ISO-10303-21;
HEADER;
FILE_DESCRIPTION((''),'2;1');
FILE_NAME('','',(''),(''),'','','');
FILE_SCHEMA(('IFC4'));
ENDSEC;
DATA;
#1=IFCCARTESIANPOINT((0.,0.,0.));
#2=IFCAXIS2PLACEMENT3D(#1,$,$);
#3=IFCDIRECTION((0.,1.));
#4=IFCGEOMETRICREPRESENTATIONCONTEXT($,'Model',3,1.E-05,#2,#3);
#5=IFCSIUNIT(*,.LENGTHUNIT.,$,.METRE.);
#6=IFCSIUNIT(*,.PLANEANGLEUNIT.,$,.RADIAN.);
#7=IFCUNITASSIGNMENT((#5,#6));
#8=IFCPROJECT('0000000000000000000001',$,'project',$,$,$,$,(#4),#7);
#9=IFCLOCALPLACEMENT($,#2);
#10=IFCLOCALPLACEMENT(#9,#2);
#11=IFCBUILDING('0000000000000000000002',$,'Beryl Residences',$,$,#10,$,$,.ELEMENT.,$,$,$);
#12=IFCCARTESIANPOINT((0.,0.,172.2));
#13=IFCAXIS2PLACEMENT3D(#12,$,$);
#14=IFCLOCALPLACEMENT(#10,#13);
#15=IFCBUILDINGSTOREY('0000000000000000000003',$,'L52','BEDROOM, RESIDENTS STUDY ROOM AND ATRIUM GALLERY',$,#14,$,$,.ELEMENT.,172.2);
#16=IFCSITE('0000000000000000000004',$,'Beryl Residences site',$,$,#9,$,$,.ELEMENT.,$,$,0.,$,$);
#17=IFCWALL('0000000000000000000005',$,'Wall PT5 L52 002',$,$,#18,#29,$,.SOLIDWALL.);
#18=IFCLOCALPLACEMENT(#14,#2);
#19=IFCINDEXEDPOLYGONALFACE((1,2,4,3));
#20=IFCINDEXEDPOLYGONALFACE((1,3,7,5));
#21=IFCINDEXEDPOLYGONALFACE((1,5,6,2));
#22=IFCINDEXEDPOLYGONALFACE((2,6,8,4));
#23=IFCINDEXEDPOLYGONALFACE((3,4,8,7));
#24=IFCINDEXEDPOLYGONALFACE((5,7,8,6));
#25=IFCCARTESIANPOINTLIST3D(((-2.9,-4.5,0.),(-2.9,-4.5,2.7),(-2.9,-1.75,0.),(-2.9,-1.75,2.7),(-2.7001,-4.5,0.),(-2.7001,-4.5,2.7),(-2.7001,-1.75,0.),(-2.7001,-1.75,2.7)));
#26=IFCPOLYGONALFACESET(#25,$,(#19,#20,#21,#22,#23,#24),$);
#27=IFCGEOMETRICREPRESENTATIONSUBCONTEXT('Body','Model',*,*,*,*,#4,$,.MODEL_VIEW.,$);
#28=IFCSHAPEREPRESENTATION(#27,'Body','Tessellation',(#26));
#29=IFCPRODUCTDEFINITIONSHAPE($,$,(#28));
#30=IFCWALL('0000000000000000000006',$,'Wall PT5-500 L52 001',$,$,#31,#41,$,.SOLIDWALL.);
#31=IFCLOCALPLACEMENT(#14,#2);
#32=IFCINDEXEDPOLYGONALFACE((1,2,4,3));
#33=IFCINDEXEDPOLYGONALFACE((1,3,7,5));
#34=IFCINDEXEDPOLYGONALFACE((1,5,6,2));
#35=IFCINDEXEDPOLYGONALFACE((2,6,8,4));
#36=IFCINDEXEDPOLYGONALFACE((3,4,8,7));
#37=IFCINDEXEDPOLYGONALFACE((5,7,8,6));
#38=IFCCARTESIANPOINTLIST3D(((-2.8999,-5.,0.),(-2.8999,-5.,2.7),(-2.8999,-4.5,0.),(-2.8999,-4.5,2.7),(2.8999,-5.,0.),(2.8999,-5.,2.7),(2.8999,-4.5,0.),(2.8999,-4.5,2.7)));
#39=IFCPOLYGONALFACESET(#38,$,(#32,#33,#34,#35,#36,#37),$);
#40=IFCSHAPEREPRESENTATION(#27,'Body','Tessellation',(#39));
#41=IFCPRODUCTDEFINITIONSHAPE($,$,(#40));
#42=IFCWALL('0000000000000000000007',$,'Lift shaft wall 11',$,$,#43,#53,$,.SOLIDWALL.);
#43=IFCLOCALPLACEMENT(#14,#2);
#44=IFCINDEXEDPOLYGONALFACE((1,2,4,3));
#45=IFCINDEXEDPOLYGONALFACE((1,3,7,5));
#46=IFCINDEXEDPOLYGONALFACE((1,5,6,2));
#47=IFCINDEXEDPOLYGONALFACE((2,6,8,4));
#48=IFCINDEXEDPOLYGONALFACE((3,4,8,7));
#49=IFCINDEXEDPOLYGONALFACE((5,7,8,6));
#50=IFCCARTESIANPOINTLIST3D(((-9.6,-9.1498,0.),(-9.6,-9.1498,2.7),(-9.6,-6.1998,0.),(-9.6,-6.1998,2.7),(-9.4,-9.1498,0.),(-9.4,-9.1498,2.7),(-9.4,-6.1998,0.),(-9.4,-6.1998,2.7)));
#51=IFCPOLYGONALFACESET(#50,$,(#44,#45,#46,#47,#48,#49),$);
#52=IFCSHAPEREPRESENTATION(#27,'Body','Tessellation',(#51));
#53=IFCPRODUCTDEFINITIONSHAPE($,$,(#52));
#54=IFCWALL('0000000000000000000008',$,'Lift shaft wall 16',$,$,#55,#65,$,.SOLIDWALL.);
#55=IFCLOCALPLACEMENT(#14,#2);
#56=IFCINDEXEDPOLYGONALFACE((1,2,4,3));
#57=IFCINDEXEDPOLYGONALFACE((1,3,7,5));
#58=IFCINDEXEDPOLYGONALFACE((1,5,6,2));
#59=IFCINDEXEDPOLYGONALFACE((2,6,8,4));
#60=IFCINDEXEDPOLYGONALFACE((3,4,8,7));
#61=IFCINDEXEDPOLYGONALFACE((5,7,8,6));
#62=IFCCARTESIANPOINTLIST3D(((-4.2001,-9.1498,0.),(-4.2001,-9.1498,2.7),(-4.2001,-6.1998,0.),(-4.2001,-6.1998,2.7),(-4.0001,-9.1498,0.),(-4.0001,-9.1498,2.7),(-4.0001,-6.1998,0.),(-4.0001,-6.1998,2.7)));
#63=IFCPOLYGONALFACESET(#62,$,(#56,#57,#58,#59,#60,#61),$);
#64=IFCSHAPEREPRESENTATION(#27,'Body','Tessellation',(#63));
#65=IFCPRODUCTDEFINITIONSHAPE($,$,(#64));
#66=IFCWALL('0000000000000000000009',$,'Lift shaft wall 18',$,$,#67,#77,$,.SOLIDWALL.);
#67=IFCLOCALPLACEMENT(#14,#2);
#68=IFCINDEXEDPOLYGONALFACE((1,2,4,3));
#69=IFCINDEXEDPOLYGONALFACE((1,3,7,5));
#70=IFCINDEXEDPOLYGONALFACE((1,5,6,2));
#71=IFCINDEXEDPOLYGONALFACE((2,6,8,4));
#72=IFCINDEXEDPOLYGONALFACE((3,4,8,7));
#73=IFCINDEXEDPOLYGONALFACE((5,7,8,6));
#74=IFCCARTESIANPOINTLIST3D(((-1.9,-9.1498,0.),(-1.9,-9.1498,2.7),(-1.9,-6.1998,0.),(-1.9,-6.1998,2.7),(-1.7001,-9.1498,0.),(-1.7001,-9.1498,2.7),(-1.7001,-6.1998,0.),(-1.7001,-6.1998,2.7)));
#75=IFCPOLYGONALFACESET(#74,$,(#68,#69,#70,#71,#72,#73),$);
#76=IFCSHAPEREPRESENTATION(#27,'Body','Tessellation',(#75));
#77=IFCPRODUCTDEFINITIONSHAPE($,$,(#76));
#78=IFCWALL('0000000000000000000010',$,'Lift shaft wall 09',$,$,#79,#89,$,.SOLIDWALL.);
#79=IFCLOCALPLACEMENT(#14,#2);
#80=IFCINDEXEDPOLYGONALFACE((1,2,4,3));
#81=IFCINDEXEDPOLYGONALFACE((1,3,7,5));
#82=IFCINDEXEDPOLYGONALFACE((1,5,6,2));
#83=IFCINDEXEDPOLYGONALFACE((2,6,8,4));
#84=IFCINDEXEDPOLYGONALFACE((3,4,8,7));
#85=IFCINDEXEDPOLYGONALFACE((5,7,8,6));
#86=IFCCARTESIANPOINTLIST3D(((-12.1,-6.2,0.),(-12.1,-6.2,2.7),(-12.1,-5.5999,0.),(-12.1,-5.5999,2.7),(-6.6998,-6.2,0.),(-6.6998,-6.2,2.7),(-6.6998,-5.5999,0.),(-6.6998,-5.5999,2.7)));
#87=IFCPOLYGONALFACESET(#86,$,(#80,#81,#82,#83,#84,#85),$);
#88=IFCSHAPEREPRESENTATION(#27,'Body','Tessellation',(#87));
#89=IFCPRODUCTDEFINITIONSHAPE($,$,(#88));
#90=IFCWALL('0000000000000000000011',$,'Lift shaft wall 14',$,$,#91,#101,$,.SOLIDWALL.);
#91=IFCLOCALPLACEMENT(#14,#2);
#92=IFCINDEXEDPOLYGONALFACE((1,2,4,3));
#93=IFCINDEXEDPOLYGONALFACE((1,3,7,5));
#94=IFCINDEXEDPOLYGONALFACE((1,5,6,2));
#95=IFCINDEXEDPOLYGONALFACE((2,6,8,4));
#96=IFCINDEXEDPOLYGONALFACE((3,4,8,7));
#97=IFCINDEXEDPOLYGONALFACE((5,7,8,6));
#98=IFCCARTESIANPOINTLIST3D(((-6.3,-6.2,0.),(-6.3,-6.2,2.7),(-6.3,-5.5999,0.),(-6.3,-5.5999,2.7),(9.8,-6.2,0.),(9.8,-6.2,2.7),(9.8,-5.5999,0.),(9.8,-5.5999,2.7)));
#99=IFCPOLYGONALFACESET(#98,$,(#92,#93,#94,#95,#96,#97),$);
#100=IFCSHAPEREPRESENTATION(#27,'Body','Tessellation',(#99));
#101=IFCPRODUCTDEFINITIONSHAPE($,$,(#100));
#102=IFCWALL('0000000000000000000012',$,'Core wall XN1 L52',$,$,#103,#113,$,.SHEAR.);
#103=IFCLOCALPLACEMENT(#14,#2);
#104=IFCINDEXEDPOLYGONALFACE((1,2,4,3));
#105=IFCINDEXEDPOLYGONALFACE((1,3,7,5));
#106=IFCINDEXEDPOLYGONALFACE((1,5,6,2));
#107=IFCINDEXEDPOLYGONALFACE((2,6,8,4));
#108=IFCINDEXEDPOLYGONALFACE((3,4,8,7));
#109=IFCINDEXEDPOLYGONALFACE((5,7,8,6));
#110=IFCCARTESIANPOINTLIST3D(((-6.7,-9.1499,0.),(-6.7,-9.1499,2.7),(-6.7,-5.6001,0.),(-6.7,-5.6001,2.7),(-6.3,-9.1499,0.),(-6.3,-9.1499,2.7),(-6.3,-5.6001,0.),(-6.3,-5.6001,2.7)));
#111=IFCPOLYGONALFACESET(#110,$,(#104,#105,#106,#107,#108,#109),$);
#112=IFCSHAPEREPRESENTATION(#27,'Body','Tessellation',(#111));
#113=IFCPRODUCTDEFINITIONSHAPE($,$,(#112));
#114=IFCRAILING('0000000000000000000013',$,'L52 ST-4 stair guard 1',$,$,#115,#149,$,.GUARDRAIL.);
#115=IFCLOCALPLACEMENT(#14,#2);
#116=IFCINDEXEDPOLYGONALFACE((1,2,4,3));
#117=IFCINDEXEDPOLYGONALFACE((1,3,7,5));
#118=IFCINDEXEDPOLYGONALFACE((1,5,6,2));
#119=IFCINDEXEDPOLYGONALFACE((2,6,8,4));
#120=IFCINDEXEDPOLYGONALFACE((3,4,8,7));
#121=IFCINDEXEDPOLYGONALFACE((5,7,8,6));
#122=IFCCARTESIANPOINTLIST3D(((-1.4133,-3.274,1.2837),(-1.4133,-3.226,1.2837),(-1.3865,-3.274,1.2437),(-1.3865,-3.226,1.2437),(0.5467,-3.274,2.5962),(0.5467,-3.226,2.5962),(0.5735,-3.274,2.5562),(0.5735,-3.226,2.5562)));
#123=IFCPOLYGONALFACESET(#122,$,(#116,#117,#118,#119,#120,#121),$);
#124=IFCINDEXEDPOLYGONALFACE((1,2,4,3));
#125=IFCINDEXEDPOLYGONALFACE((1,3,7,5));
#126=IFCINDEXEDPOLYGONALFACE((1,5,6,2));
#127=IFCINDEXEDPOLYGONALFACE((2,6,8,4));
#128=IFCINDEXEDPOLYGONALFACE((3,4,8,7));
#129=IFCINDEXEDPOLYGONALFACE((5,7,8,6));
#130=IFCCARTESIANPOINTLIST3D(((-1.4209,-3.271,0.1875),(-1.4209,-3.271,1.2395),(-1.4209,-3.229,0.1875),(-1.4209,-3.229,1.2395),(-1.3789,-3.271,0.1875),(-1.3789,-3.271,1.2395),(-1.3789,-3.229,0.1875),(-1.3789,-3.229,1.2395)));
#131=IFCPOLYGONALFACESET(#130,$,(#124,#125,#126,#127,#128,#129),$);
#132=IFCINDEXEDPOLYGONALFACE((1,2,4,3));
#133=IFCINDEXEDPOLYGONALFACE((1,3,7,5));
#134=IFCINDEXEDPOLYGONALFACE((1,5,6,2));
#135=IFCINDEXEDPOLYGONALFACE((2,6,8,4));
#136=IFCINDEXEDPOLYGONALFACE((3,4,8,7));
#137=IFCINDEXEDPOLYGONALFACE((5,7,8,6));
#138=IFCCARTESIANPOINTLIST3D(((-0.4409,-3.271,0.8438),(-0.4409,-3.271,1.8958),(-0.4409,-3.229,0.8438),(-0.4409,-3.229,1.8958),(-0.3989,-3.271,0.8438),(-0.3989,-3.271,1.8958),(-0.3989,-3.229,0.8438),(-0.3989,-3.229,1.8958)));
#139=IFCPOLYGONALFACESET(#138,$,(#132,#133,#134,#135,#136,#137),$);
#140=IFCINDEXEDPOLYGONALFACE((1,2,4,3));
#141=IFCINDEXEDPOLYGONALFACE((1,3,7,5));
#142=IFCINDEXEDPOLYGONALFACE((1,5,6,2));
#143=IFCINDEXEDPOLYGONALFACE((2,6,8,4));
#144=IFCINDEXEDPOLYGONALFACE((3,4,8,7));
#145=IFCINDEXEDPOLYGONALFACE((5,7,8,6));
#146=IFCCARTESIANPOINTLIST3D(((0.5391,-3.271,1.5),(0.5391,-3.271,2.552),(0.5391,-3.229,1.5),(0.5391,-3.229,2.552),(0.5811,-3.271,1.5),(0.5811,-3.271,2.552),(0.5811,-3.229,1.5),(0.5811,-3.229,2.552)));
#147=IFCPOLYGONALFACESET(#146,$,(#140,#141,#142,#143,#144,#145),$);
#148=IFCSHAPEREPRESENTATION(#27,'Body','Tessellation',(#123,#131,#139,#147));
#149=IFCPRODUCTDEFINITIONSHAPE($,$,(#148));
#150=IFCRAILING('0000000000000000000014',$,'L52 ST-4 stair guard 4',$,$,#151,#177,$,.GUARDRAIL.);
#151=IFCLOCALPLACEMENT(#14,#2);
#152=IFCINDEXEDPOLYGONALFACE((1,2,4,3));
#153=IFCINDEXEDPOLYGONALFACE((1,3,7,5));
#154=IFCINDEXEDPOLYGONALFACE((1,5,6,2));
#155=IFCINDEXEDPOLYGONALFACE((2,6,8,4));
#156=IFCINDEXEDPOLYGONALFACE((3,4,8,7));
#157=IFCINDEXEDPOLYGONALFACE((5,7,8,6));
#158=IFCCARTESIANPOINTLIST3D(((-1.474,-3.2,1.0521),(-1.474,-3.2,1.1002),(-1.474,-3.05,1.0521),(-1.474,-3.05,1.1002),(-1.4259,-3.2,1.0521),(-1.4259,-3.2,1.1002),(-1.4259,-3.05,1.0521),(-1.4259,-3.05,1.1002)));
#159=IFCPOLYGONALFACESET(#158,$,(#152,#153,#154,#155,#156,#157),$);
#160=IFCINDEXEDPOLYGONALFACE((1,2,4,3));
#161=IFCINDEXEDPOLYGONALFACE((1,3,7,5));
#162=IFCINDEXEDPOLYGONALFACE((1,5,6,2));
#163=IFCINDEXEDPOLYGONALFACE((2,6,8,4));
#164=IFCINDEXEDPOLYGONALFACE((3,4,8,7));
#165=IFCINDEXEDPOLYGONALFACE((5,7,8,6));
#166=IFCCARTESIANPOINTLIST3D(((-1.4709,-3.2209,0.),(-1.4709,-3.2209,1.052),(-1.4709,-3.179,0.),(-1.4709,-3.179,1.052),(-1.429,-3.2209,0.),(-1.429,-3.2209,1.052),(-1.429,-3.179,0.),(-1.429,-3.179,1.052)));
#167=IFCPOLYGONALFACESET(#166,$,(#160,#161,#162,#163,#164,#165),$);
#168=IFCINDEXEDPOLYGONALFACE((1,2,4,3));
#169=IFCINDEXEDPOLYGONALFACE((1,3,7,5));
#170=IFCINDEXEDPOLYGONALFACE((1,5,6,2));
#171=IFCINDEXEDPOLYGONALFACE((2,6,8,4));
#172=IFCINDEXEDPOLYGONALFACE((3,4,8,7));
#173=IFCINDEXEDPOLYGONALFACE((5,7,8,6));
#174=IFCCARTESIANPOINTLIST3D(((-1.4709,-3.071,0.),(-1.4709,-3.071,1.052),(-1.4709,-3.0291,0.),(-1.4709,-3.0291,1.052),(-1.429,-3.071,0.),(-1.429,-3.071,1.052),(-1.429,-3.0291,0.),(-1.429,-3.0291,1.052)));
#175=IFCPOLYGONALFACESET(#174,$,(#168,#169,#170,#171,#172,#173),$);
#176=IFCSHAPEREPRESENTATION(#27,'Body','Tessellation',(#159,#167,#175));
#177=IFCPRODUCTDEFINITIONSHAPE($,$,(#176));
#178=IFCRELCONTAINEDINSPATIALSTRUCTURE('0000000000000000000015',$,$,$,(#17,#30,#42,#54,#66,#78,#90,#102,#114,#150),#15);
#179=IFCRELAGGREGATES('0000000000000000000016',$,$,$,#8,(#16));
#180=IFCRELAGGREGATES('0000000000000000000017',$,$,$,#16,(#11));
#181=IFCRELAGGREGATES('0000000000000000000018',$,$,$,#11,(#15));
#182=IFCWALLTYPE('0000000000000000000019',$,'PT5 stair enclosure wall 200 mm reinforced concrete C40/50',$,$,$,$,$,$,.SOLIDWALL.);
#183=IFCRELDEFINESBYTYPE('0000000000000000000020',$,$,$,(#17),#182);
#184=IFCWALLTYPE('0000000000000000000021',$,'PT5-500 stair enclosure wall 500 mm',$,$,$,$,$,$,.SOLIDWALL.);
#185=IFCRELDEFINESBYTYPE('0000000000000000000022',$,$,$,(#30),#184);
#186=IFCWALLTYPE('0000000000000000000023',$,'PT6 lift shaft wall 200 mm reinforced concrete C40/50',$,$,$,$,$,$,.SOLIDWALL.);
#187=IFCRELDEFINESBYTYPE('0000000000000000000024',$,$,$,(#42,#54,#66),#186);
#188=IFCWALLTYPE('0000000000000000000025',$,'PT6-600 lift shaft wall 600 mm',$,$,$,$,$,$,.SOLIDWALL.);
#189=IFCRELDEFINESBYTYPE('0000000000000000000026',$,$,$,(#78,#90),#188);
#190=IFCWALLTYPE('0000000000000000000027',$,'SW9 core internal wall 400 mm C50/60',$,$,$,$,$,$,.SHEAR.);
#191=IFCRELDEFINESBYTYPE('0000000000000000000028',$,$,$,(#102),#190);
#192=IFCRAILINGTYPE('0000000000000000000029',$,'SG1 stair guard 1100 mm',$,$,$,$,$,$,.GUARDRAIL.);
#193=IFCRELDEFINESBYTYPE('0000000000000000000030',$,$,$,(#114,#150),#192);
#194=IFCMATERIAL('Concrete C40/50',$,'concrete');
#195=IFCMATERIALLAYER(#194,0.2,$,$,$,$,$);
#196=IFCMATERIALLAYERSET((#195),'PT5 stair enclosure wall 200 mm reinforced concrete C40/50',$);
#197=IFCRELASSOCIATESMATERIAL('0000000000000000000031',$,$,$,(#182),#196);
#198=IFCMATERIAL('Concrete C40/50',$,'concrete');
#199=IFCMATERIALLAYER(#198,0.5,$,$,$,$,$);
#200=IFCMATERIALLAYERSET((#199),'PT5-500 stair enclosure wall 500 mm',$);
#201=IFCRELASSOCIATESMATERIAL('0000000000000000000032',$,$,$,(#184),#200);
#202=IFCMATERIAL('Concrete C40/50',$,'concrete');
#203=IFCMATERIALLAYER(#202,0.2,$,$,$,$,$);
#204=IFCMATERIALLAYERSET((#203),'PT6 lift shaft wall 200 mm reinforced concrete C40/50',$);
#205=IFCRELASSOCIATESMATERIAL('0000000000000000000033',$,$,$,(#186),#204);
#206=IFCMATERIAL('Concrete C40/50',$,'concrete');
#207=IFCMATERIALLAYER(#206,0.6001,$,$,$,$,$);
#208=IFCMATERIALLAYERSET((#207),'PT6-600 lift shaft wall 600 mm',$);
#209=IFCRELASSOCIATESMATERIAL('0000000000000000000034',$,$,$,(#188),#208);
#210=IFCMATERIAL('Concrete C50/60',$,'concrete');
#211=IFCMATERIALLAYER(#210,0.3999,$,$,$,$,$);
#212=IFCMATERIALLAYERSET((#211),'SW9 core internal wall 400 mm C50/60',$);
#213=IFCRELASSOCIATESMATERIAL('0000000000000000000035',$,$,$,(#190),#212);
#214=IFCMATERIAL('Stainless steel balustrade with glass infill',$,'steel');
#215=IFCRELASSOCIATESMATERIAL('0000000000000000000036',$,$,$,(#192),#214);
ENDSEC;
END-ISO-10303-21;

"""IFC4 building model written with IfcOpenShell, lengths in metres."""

from ifc_helpers import new_model, si_unit, direction, frame, frame_2d, origin, origin_2d, place, context, subcontext, project, spatial, rectangle, extrude, material, layer, layer_set, type_object, element, save


model = new_model("IFC4")

# Units and contexts
model_context = context("Model", 3, precision=1e-05, world=origin(), true_north=direction((0.0, 1.0)))
body_context = subcontext(model_context, "Body", "Model", "MODEL_VIEW")
ifc_project = project(units=[si_unit("LENGTHUNIT", "METRE"), si_unit("PLANEANGLEUNIT", "RADIAN")], contexts=[model_context])

# Site, building, storey
site_placement = place(None, origin())
site = spatial("IfcSite", under=ifc_project, at=site_placement, Name="Beryl Residences site", CompositionType="ELEMENT", RefElevation=0.0)
building_placement = place(site_placement, origin())
building = spatial("IfcBuilding", under=site, at=building_placement, Name="Beryl Residences", CompositionType="ELEMENT")
storey_placement = place(building_placement, frame((0.0, 0.0, 172.2)))
storey = spatial("IfcBuildingStorey", under=building, at=storey_placement, Name="L52", Description="BEDROOM, RESIDENTS STUDY ROOM AND ATRIUM GALLERY", CompositionType="ELEMENT", Elevation=172.2)

# Walls
ifc_material_1 = material(Name="Concrete C40/50", Category="concrete")
ifc_layer_1 = layer(ifc_material_1, 0.2)
ifc_layer_set_1 = layer_set([ifc_layer_1], Name="PT5 stair enclosure wall 200 mm reinforced concrete C40/50")
wall_type_1 = type_object("IfcWallType", Name="PT5 stair enclosure wall 200 mm reinforced concrete C40/50", PredefinedType="SOLIDWALL", material=ifc_layer_set_1)
wall_1_placement = place(storey_placement, frame((-2.8, -4.5, 0.0), z_axis=(0.0, 0.0, 1.0), x_axis=(0.0, 1.0, 0.0)))
element("IfcWall", 1, at=wall_1_placement, inside=storey, type_object=wall_type_1, Name="Wall PT5 L52 002", PredefinedType="SOLIDWALL", context=body_context, shape_type="SweptSolid", body=[
    extrude(rectangle(XDim=2.75, YDim=0.2, at=frame_2d((1.375, 0.0))), origin(), (0.0, 0.0, 1.0), 2.7),
])
ifc_material_2 = material(Name="Concrete C40/50", Category="concrete")
ifc_layer_2 = layer(ifc_material_2, 0.5)
ifc_layer_set_2 = layer_set([ifc_layer_2], Name="PT5-500 stair enclosure wall 500 mm")
wall_type_2 = type_object("IfcWallType", Name="PT5-500 stair enclosure wall 500 mm", PredefinedType="SOLIDWALL", material=ifc_layer_set_2)
wall_2_placement = place(storey_placement, frame((-2.8999, -4.75, 0.0), z_axis=(0.0, 0.0, 1.0), x_axis=(1.0, 0.0, 0.0)))
element("IfcWall", 2, at=wall_2_placement, inside=storey, type_object=wall_type_2, Name="Wall PT5-500 L52 001", PredefinedType="SOLIDWALL", context=body_context, shape_type="SweptSolid", body=[
    extrude(rectangle(XDim=5.7998, YDim=0.5, at=frame_2d((2.8999, 0.0))), origin(), (0.0, 0.0, 1.0), 2.7),
])
ifc_material_3 = material(Name="Concrete C40/50", Category="concrete")
ifc_layer_3 = layer(ifc_material_3, 0.2)
ifc_layer_set_3 = layer_set([ifc_layer_3], Name="PT6 lift shaft wall 200 mm reinforced concrete C40/50")
wall_type_3 = type_object("IfcWallType", Name="PT6 lift shaft wall 200 mm reinforced concrete C40/50", PredefinedType="SOLIDWALL", material=ifc_layer_set_3)
for number, where, z_axis, x_axis, name in (
    (3, (-9.5, -9.1499, 0.0), (0.0, 0.0, 1.0), (0.0, 1.0, 0.0), "Lift shaft wall 11"),
    (4, (-4.1001, -9.1499, 0.0), (0.0, 0.0, 1.0), (0.0, 1.0, 0.0), "Lift shaft wall 16"),
    (5, (-1.8, -9.1499, 0.0), (0.0, 0.0, 1.0), (0.0, 1.0, 0.0), "Lift shaft wall 18"),
):
    element("IfcWall", number, at=place(storey_placement, frame(where, z_axis=z_axis, x_axis=x_axis)), inside=storey, type_object=wall_type_3, Name=name, PredefinedType="SOLIDWALL", context=body_context, shape_type="SweptSolid", body=[
        extrude(rectangle(XDim=2.95, YDim=0.2, at=frame_2d((1.4751, 0.0))), origin(), (0.0, 0.0, 1.0), 2.7),
    ])
ifc_material_4 = material(Name="Concrete C40/50", Category="concrete")
ifc_layer_4 = layer(ifc_material_4, 0.6001)
ifc_layer_set_4 = layer_set([ifc_layer_4], Name="PT6-600 lift shaft wall 600 mm")
wall_type_4 = type_object("IfcWallType", Name="PT6-600 lift shaft wall 600 mm", PredefinedType="SOLIDWALL", material=ifc_layer_set_4)
wall_3_placement = place(storey_placement, frame((-12.1001, -5.8999, 0.0), z_axis=(0.0, 0.0, 1.0), x_axis=(1.0, 0.0, 0.0)))
element("IfcWall", 6, at=wall_3_placement, inside=storey, type_object=wall_type_4, Name="Lift shaft wall 09", PredefinedType="SOLIDWALL", context=body_context, shape_type="SweptSolid", body=[
    extrude(rectangle(XDim=5.4001, YDim=0.6001, at=frame_2d((2.7002, 0.0))), origin(), (0.0, 0.0, 1.0), 2.7),
])
wall_4_placement = place(storey_placement, frame((-6.3, -5.8999, 0.0), z_axis=(0.0, 0.0, 1.0), x_axis=(1.0, 0.0, 0.0)))
element("IfcWall", 7, at=wall_4_placement, inside=storey, type_object=wall_type_4, Name="Lift shaft wall 14", PredefinedType="SOLIDWALL", context=body_context, shape_type="SweptSolid", body=[
    extrude(rectangle(XDim=16.1001, YDim=0.6001, at=frame_2d((8.05, 0.0))), origin(), (0.0, 0.0, 1.0), 2.7),
])
ifc_material_5 = material(Name="Concrete C50/60", Category="concrete")
ifc_layer_5 = layer(ifc_material_5, 0.3999)
ifc_layer_set_5 = layer_set([ifc_layer_5], Name="SW9 core internal wall 400 mm C50/60")
wall_type_5 = type_object("IfcWallType", Name="SW9 core internal wall 400 mm C50/60", PredefinedType="SHEAR", material=ifc_layer_set_5)
wall_5_placement = place(storey_placement, frame((-6.5, -9.1499, 0.0), z_axis=(0.0, 0.0, 1.0), x_axis=(0.0, 1.0, 0.0)))
element("IfcWall", 8, at=wall_5_placement, inside=storey, type_object=wall_type_5, Name="Core wall XN1 L52", PredefinedType="SHEAR", context=body_context, shape_type="SweptSolid", body=[
    extrude(rectangle(XDim=3.5498, YDim=0.3999, at=frame_2d((1.7749, 0.0))), origin(), (0.0, 0.0, 1.0), 2.7),
])

# Railings
ifc_material_6 = material(Name="Stainless steel balustrade with glass infill", Category="steel")
railing_type_1 = type_object("IfcRailingType", Name="SG1 stair guard 1100 mm", PredefinedType="GUARDRAIL", material=ifc_material_6)
railing_1_placement = place(storey_placement, frame((-1.3999, -3.25, 0.1875)))
element("IfcRailing", 9, at=railing_1_placement, inside=storey, type_object=railing_type_1, Name="L52 ST-4 stair guard 1", PredefinedType="GUARDRAIL", context=body_context, shape_type="SweptSolid", body=[
    extrude(rectangle(XDim=0.0481, YDim=0.0481, at=origin_2d()), frame((0.0, 0.0, 1.0762), z_axis=(0.830902, 0.0, 0.556419), x_axis=(0.0, 1.0, 0.0)), (0.0, 0.0, 1.0), 2.3589),
    extrude(rectangle(XDim=0.042, YDim=0.042, at=origin_2d()), origin(), (0.0, 0.0, 1.0), 1.052),
    extrude(rectangle(XDim=0.042, YDim=0.042, at=origin_2d()), frame((0.98, 0.0, 0.6562)), (0.0, 0.0, 1.0), 1.052),
    extrude(rectangle(XDim=0.042, YDim=0.042, at=origin_2d()), frame((1.96, 0.0, 1.3125)), (0.0, 0.0, 1.0), 1.052),
])
railing_2_placement = place(storey_placement, frame((-1.45, -3.2, 0.0)))
element("IfcRailing", 10, at=railing_2_placement, inside=storey, type_object=railing_type_1, Name="L52 ST-4 stair guard 4", PredefinedType="GUARDRAIL", context=body_context, shape_type="SweptSolid", body=[
    extrude(rectangle(XDim=0.0481, YDim=0.0481, at=origin_2d()), frame((0.0, 0.0, 1.0762), z_axis=(0.0, 1.0, 0.0), x_axis=(-1.0, 0.0, 0.0)), (0.0, 0.0, 1.0), 0.1499),
    extrude(rectangle(XDim=0.042, YDim=0.042, at=origin_2d()), origin(), (0.0, 0.0, 1.0), 1.052),
    extrude(rectangle(XDim=0.042, YDim=0.042, at=origin_2d()), frame((0.0, 0.1499, 0.0)), (0.0, 0.0, 1.0), 1.052),
])

save(model, "model.ifc")
